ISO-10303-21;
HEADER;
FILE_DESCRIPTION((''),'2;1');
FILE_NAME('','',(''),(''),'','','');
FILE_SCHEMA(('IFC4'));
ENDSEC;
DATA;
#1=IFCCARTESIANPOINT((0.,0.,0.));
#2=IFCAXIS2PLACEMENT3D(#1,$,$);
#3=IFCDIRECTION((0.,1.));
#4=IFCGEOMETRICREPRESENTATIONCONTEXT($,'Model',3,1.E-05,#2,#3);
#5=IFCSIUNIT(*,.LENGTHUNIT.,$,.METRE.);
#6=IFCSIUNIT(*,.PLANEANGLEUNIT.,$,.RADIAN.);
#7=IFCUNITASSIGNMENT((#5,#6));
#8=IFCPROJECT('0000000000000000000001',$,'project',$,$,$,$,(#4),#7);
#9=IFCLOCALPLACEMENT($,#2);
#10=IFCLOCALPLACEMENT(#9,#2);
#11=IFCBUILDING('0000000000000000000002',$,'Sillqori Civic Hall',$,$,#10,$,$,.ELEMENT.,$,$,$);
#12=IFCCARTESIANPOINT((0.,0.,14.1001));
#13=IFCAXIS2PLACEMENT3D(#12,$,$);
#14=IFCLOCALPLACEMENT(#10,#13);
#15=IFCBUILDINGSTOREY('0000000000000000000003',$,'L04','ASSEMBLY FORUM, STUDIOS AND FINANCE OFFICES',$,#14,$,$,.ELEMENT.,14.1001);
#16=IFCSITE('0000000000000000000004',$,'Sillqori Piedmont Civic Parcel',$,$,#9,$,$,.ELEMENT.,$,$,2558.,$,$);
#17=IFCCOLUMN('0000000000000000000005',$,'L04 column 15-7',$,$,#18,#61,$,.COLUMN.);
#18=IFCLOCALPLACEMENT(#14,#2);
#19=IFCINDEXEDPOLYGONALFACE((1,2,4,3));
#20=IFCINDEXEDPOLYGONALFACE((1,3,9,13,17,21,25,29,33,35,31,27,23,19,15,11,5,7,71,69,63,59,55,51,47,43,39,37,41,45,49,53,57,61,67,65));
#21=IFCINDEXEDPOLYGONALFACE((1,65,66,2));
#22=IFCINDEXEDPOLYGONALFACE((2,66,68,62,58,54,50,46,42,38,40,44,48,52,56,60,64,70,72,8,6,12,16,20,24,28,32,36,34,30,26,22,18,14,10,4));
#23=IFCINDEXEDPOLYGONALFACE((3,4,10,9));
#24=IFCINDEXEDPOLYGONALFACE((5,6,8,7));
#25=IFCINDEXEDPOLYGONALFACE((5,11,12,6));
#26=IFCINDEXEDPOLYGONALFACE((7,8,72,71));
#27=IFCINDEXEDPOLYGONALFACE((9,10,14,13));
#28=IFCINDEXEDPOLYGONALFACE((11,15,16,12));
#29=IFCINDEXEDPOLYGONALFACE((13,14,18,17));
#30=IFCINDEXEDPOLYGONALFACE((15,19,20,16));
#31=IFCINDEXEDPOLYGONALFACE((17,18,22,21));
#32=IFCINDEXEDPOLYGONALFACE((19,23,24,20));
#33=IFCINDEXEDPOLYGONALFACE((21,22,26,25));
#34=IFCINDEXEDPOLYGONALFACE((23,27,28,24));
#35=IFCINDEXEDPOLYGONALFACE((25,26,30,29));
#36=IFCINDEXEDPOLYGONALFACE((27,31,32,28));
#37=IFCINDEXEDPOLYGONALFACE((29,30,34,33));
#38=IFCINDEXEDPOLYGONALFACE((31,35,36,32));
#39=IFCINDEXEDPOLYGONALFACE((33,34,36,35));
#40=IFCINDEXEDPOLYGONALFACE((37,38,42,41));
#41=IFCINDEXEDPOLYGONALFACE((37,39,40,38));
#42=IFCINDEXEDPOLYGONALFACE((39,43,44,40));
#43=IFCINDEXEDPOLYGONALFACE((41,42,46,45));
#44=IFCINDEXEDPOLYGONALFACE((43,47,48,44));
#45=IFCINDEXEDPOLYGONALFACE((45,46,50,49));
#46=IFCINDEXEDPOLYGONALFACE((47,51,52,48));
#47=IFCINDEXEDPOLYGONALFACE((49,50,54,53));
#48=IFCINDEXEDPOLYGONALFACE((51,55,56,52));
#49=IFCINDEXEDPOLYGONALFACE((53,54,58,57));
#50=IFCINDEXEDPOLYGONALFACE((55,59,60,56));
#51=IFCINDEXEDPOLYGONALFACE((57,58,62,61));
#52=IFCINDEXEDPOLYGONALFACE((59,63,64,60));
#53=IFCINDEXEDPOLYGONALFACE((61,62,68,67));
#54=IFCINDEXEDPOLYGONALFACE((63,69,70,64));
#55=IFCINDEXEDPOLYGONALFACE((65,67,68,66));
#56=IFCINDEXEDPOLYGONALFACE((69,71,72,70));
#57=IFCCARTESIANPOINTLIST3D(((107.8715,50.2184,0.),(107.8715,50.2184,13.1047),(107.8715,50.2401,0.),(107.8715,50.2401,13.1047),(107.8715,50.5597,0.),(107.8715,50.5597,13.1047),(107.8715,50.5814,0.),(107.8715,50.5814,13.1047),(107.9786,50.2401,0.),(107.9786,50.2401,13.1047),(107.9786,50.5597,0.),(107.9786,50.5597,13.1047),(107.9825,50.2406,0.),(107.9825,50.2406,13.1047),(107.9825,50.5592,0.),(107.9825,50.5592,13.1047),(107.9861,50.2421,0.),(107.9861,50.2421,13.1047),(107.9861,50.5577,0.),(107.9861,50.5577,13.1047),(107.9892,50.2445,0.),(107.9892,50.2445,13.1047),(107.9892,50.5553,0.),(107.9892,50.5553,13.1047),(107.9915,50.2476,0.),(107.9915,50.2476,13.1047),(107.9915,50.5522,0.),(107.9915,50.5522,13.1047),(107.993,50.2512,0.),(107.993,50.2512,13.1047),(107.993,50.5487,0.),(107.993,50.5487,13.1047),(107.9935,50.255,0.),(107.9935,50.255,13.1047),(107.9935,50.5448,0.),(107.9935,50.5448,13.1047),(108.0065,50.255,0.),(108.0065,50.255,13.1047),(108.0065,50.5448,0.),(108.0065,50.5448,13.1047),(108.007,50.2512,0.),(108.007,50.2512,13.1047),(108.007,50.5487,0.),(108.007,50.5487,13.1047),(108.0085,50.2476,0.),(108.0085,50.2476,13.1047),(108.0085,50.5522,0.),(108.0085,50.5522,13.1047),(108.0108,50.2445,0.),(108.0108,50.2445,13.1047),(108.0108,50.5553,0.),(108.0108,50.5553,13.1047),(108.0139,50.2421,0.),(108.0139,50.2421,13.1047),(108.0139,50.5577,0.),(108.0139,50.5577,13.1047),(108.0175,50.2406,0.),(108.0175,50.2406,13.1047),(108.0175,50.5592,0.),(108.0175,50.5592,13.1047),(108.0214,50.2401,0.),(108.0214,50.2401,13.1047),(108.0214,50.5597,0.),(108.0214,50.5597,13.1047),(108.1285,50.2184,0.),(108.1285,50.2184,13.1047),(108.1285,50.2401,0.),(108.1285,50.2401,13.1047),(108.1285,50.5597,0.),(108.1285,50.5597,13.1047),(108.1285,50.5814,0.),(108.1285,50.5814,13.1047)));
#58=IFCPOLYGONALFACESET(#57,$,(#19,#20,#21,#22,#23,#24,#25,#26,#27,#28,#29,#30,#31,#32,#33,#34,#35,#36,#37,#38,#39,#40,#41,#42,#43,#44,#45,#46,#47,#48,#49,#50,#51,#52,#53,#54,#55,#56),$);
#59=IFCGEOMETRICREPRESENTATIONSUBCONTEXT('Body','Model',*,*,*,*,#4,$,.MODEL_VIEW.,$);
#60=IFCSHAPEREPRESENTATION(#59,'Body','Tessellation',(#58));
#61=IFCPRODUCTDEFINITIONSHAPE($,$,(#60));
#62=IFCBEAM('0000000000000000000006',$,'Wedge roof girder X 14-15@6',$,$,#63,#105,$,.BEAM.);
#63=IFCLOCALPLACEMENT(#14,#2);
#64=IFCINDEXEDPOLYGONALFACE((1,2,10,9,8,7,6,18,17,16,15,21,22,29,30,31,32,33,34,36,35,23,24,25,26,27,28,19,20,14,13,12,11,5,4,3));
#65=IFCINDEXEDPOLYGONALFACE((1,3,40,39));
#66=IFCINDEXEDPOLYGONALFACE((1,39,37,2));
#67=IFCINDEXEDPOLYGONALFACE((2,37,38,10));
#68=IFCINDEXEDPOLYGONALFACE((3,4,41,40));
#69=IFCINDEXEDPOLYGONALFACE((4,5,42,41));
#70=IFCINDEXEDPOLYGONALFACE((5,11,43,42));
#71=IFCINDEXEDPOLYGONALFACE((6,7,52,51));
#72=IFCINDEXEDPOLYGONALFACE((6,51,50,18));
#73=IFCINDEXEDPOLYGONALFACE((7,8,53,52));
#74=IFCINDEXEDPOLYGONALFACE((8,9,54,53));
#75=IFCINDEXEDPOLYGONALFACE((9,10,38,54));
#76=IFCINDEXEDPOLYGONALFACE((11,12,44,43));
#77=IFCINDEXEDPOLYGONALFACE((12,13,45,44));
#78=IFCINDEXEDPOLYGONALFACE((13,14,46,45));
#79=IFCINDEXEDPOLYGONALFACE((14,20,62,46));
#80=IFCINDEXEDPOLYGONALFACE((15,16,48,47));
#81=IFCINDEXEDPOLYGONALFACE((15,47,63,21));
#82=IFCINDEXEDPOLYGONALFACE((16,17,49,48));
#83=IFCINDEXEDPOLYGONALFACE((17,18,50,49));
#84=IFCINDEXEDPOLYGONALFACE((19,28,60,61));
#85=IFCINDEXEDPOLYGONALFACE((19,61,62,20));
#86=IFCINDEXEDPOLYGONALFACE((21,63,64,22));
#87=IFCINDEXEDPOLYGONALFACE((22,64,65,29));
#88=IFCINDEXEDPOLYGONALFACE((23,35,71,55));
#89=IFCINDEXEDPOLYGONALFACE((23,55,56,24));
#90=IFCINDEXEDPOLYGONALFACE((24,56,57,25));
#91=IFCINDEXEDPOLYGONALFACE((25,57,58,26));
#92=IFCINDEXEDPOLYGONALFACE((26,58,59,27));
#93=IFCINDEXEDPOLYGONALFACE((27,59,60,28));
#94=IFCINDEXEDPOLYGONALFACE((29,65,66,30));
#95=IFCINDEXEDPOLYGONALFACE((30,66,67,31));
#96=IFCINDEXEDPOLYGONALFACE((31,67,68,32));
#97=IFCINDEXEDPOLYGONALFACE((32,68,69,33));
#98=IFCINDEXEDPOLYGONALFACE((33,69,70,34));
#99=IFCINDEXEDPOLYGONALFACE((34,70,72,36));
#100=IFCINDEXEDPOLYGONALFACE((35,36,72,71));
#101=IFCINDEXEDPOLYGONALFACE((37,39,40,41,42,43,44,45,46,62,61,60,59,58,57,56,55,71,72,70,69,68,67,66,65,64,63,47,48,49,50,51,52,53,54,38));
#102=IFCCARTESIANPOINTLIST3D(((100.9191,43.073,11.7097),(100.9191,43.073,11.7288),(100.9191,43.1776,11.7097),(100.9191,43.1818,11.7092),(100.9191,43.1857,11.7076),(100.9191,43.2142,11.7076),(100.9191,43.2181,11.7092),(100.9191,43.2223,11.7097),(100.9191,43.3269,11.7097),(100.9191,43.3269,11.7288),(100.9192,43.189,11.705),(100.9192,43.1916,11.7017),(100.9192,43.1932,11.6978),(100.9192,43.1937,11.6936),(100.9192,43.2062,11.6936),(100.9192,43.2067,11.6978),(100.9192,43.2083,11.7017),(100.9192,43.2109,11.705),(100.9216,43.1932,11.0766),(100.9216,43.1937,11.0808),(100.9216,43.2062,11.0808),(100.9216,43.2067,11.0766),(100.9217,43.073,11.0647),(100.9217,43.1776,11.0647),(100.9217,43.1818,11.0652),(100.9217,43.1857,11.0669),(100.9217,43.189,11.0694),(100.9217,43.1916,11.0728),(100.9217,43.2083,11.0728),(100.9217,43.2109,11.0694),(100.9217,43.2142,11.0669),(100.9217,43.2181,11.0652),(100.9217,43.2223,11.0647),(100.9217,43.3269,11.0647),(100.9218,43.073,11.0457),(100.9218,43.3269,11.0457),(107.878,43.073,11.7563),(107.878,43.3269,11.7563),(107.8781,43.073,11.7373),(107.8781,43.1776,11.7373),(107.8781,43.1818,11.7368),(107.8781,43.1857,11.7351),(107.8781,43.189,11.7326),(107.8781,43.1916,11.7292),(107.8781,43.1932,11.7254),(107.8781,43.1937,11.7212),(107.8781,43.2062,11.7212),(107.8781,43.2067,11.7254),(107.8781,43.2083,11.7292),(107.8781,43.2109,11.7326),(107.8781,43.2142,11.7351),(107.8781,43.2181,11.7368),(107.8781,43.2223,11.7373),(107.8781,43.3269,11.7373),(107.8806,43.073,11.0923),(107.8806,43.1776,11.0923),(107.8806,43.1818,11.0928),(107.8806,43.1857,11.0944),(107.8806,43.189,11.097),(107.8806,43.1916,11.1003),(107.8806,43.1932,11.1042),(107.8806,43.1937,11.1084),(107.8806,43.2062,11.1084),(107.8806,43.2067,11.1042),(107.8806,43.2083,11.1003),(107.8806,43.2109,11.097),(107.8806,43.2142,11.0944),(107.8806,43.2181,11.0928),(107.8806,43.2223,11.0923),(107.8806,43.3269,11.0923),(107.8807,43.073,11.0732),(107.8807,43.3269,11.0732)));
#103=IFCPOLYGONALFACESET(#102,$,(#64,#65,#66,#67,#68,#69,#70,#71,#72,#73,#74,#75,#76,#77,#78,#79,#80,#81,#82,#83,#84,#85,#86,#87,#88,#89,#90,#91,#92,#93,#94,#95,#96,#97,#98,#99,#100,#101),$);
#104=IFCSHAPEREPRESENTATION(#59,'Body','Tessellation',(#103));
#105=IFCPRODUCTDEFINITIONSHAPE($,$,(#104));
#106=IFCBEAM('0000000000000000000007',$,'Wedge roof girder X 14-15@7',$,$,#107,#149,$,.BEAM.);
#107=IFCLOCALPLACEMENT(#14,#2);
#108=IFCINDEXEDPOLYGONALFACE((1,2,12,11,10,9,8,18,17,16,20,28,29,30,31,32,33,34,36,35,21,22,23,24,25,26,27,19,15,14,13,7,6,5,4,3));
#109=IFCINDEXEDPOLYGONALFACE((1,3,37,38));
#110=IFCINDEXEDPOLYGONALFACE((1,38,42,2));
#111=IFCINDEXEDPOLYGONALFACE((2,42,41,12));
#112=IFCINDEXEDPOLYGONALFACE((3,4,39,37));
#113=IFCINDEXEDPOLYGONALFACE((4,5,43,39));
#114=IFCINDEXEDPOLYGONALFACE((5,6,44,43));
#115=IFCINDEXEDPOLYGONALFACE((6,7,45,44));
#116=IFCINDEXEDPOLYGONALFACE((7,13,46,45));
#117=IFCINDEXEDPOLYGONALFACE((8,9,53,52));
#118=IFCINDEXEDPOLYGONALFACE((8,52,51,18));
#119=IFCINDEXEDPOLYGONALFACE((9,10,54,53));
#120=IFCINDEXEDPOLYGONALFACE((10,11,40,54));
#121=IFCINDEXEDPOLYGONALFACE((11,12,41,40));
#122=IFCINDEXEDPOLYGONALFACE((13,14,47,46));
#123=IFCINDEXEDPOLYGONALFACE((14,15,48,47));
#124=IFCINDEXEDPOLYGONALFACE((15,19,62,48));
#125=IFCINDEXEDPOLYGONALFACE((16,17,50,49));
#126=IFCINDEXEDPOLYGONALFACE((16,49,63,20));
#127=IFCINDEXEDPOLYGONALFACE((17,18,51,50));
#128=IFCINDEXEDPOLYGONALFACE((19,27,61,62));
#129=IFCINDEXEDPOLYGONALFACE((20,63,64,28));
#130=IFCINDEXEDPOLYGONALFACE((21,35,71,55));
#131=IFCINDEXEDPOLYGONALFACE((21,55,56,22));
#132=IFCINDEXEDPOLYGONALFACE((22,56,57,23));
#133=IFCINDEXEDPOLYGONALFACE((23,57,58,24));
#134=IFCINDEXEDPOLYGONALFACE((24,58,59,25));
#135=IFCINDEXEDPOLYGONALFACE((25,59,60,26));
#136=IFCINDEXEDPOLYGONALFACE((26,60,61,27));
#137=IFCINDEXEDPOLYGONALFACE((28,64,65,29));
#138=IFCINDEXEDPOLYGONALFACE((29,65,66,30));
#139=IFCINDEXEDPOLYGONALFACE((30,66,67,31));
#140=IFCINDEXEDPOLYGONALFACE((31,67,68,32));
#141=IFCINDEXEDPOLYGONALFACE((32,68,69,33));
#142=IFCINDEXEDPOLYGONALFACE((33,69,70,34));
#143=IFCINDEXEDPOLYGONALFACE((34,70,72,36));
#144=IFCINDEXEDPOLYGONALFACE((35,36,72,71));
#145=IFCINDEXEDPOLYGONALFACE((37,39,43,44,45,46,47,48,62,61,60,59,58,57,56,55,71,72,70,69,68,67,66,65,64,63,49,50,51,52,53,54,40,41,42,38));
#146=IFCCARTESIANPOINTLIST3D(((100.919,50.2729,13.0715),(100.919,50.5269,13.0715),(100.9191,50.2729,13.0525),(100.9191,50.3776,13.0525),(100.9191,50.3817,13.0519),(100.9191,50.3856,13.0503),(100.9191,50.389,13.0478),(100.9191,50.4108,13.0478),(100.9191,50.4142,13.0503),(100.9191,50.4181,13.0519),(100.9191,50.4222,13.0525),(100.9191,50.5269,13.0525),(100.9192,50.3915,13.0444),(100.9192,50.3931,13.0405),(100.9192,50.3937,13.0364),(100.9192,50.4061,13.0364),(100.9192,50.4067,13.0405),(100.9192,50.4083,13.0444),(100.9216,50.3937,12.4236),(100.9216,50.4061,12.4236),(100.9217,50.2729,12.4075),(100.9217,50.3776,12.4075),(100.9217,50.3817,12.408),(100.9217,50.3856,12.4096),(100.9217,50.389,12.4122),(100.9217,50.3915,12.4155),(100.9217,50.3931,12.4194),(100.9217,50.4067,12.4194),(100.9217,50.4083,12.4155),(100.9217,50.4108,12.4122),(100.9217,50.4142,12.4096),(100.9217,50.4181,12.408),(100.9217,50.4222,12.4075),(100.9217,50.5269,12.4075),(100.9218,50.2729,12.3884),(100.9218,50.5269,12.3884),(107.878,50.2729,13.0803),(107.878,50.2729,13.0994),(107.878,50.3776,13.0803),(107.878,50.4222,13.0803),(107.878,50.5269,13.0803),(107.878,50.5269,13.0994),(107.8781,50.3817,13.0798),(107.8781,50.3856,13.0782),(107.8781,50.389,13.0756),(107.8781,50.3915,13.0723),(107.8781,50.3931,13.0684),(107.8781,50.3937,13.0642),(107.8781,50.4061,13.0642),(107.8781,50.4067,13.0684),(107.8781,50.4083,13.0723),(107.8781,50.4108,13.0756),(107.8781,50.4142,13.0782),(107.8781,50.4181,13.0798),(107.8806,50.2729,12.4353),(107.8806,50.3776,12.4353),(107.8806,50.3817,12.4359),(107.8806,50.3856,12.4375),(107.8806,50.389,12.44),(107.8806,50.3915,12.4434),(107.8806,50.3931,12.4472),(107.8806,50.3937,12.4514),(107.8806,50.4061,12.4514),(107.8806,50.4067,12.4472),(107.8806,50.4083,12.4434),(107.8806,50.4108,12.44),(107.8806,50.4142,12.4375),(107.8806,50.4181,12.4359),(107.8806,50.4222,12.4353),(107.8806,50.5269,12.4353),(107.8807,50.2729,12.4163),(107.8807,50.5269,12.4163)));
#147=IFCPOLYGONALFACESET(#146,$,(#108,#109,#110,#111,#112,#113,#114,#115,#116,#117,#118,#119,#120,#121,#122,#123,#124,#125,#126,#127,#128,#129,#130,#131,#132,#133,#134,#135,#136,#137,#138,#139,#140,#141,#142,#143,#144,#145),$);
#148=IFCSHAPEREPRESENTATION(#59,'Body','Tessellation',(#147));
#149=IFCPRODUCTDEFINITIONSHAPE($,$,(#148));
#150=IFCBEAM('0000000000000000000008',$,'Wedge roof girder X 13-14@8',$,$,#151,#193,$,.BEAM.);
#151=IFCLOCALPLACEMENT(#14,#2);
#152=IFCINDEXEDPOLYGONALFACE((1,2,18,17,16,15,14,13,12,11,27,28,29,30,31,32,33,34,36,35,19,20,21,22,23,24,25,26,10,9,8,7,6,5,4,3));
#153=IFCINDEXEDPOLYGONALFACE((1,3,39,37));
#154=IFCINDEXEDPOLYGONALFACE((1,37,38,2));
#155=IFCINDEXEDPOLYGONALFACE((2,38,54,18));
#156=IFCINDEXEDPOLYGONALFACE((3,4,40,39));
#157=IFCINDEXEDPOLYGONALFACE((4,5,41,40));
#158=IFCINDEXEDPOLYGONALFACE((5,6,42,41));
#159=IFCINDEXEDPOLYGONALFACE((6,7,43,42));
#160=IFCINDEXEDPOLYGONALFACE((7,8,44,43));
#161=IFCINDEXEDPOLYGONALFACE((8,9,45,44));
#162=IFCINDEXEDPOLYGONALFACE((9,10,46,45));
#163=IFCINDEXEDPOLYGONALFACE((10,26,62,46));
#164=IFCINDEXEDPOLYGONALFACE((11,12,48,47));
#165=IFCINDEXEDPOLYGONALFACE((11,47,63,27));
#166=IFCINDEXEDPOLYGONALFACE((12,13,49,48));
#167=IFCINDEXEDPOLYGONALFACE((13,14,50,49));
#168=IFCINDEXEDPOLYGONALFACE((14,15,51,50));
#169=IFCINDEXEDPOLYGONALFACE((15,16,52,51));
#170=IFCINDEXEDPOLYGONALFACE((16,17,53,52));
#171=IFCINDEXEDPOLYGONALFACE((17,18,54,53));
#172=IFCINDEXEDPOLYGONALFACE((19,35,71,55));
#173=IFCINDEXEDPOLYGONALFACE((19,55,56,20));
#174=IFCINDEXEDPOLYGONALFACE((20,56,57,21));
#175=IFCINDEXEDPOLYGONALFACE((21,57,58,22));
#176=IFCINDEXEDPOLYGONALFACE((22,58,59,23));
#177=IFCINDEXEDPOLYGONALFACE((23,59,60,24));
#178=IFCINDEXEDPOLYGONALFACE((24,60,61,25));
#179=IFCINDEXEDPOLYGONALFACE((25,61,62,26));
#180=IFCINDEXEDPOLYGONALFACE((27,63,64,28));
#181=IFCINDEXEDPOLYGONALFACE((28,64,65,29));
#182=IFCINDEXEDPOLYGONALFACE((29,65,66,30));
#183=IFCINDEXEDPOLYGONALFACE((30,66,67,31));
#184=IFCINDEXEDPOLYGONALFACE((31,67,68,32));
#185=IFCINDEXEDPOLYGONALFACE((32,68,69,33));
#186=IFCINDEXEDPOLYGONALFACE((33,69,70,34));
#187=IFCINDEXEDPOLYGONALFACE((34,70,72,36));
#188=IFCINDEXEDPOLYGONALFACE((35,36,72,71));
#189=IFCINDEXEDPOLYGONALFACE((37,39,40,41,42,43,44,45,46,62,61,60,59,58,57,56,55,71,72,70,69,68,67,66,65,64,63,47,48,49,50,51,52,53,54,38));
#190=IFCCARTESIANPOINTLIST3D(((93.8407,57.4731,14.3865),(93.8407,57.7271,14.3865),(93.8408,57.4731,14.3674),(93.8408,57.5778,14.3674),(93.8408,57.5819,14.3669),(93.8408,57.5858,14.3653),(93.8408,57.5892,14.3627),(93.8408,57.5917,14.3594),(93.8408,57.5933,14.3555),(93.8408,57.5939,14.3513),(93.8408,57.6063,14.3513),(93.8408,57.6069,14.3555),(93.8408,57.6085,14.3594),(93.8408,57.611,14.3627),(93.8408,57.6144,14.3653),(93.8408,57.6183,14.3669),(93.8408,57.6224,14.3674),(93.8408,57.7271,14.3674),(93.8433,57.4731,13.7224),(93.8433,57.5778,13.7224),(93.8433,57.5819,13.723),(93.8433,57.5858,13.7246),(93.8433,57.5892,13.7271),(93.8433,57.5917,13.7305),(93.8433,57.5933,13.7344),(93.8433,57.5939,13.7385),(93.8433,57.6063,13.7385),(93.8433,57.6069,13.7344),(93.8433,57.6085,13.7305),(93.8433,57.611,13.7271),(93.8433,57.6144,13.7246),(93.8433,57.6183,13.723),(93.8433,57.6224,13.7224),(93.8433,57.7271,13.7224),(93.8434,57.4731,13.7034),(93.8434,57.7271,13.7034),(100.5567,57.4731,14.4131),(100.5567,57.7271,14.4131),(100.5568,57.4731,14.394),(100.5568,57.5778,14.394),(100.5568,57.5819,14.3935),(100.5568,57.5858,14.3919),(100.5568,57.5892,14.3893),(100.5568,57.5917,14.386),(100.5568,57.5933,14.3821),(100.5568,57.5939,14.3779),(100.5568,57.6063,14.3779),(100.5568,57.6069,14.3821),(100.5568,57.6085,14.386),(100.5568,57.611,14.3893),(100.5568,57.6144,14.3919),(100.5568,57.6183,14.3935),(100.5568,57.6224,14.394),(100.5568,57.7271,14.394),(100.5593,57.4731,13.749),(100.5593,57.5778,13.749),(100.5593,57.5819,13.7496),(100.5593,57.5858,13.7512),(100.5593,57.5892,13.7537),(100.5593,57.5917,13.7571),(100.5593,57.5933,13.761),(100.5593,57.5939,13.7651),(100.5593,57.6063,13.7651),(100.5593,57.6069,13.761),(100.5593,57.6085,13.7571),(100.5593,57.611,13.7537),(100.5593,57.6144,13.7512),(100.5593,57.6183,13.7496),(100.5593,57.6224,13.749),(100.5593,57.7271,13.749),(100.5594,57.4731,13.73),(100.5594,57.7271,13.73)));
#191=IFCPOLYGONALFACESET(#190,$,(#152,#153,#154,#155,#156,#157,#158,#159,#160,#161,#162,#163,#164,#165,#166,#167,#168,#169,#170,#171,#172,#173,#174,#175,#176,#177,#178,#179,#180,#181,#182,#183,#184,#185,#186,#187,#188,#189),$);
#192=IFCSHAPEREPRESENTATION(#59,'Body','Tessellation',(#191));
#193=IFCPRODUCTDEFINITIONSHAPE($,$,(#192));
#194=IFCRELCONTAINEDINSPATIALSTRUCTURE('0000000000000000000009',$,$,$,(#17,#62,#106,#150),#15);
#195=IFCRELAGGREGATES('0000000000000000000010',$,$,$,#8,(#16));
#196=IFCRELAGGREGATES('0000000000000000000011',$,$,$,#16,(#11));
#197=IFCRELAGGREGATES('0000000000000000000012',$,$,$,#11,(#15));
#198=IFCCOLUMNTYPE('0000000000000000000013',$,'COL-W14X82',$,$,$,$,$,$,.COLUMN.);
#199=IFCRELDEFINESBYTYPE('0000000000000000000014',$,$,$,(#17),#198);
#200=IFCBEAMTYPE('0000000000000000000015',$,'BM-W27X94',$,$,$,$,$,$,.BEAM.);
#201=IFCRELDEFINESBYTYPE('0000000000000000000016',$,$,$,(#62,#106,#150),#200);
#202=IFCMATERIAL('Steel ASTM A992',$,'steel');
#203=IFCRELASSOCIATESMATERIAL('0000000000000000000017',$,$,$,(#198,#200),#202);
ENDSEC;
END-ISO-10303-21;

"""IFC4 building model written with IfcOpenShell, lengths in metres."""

from ifc_helpers import new_model, si_unit, direction, frame, origin, origin_2d, place, context, subcontext, project, spatial, i_section, extrude, material, material_profile, profile_set, type_object, element, save


model = new_model("IFC4")

# Units and contexts
model_context = context("Model", 3, precision=1e-05, world=origin(), true_north=direction((0.0, 1.0)))
body_context = subcontext(model_context, "Body", "Model", "MODEL_VIEW")
ifc_project = project(units=[si_unit("LENGTHUNIT", "METRE"), si_unit("PLANEANGLEUNIT", "RADIAN")], contexts=[model_context])

# Site, building, storey
site_placement = place(None, origin())
site = spatial("IfcSite", under=ifc_project, at=site_placement, Name="Sillqori Piedmont Civic Parcel", CompositionType="ELEMENT", RefElevation=2558.0)
building_placement = place(site_placement, origin())
building = spatial("IfcBuilding", under=site, at=building_placement, Name="Sillqori Civic Hall", CompositionType="ELEMENT")
storey_placement = place(building_placement, frame((0.0, 0.0, 14.1001)))
storey = spatial("IfcBuildingStorey", under=building, at=storey_placement, Name="L04", Description="ASSEMBLY FORUM, STUDIOS AND FINANCE OFFICES", CompositionType="ELEMENT", Elevation=14.1001)

# Column
ifc_material_1 = material(Name="Steel ASTM A992", Category="steel")
ifc_material_profile_1 = material_profile(ifc_material_1, i_section(OverallWidth=0.2571, OverallDepth=0.363, WebThickness=0.0129, FlangeThickness=0.0217, FilletRadius=0.0149, at=origin_2d()), Name="W14X82")
ifc_profile_set_1 = profile_set([ifc_material_profile_1], Name="Steel ASTM A992")
column_type_1 = type_object("IfcColumnType", Name="COL-W14X82", PredefinedType="COLUMN", material=ifc_profile_set_1)
column_1_placement = place(storey_placement, frame((108.0, 50.3999, 0.0), z_axis=(0.0, 0.0, 1.0), x_axis=(1.0, 0.0, 0.0)))
element("IfcColumn", 1, at=column_1_placement, inside=storey, type_object=column_type_1, Name="L04 column 15-7", PredefinedType="COLUMN", context=body_context, shape_type="SweptSolid", body=[
    extrude(i_section(OverallWidth=0.2571, OverallDepth=0.363, WebThickness=0.0129, FlangeThickness=0.0217, FilletRadius=0.0149, at=origin_2d()), origin(), (0.0, 0.0, 1.0), 13.1047),
])

# Beams
ifc_material_profile_2 = material_profile(ifc_material_1, i_section(OverallWidth=0.2539, OverallDepth=0.6831, WebThickness=0.0125, FlangeThickness=0.019, FilletRadius=0.0161, at=origin_2d()), Name="W27X94")
ifc_profile_set_2 = profile_set([ifc_material_profile_2], Name="Steel ASTM A992")
beam_type_1 = type_object("IfcBeamType", Name="BM-W27X94", PredefinedType="BEAM", material=ifc_profile_set_2)
for number, where, z_axis, x_axis, name in (
    (2, (100.9204, 43.2, 11.3872), (0.999992, 0.0, 0.003964), (0.0, 1.0, 0.0), "Wedge roof girder X 14-15@6"),
    (3, (100.9204, 50.3999, 12.73), (0.999992, 0.0, 0.003999), (0.0, 1.0, 0.0), "Wedge roof girder X 14-15@7"),
):
    element("IfcBeam", number, at=place(storey_placement, frame(where, z_axis=z_axis, x_axis=x_axis)), inside=storey, type_object=beam_type_1, Name=name, PredefinedType="BEAM", context=body_context, shape_type="SweptSolid", body=[
        extrude(i_section(OverallWidth=0.2539, OverallDepth=0.6831, WebThickness=0.0125, FlangeThickness=0.019, FilletRadius=0.0161, at=origin_2d()), origin(), (0.0, 0.0, 1.0), 6.959),
    ])
for number, where, z_axis, x_axis, name in (
    (4, (93.842, 57.6001, 14.0449), (0.999992, 0.0, 0.003962), (0.0, 1.0, 0.0), "Wedge roof girder X 13-14@8"),
):
    element("IfcBeam", number, at=place(storey_placement, frame(where, z_axis=z_axis, x_axis=x_axis)), inside=storey, type_object=beam_type_1, Name=name, PredefinedType="BEAM", context=body_context, shape_type="SweptSolid", body=[
        extrude(i_section(OverallWidth=0.2539, OverallDepth=0.6831, WebThickness=0.0125, FlangeThickness=0.019, FilletRadius=0.0161, at=origin_2d()), origin(), (0.0, 0.0, 1.0), 6.7161),
    ])

save(model, "model.ifc")
